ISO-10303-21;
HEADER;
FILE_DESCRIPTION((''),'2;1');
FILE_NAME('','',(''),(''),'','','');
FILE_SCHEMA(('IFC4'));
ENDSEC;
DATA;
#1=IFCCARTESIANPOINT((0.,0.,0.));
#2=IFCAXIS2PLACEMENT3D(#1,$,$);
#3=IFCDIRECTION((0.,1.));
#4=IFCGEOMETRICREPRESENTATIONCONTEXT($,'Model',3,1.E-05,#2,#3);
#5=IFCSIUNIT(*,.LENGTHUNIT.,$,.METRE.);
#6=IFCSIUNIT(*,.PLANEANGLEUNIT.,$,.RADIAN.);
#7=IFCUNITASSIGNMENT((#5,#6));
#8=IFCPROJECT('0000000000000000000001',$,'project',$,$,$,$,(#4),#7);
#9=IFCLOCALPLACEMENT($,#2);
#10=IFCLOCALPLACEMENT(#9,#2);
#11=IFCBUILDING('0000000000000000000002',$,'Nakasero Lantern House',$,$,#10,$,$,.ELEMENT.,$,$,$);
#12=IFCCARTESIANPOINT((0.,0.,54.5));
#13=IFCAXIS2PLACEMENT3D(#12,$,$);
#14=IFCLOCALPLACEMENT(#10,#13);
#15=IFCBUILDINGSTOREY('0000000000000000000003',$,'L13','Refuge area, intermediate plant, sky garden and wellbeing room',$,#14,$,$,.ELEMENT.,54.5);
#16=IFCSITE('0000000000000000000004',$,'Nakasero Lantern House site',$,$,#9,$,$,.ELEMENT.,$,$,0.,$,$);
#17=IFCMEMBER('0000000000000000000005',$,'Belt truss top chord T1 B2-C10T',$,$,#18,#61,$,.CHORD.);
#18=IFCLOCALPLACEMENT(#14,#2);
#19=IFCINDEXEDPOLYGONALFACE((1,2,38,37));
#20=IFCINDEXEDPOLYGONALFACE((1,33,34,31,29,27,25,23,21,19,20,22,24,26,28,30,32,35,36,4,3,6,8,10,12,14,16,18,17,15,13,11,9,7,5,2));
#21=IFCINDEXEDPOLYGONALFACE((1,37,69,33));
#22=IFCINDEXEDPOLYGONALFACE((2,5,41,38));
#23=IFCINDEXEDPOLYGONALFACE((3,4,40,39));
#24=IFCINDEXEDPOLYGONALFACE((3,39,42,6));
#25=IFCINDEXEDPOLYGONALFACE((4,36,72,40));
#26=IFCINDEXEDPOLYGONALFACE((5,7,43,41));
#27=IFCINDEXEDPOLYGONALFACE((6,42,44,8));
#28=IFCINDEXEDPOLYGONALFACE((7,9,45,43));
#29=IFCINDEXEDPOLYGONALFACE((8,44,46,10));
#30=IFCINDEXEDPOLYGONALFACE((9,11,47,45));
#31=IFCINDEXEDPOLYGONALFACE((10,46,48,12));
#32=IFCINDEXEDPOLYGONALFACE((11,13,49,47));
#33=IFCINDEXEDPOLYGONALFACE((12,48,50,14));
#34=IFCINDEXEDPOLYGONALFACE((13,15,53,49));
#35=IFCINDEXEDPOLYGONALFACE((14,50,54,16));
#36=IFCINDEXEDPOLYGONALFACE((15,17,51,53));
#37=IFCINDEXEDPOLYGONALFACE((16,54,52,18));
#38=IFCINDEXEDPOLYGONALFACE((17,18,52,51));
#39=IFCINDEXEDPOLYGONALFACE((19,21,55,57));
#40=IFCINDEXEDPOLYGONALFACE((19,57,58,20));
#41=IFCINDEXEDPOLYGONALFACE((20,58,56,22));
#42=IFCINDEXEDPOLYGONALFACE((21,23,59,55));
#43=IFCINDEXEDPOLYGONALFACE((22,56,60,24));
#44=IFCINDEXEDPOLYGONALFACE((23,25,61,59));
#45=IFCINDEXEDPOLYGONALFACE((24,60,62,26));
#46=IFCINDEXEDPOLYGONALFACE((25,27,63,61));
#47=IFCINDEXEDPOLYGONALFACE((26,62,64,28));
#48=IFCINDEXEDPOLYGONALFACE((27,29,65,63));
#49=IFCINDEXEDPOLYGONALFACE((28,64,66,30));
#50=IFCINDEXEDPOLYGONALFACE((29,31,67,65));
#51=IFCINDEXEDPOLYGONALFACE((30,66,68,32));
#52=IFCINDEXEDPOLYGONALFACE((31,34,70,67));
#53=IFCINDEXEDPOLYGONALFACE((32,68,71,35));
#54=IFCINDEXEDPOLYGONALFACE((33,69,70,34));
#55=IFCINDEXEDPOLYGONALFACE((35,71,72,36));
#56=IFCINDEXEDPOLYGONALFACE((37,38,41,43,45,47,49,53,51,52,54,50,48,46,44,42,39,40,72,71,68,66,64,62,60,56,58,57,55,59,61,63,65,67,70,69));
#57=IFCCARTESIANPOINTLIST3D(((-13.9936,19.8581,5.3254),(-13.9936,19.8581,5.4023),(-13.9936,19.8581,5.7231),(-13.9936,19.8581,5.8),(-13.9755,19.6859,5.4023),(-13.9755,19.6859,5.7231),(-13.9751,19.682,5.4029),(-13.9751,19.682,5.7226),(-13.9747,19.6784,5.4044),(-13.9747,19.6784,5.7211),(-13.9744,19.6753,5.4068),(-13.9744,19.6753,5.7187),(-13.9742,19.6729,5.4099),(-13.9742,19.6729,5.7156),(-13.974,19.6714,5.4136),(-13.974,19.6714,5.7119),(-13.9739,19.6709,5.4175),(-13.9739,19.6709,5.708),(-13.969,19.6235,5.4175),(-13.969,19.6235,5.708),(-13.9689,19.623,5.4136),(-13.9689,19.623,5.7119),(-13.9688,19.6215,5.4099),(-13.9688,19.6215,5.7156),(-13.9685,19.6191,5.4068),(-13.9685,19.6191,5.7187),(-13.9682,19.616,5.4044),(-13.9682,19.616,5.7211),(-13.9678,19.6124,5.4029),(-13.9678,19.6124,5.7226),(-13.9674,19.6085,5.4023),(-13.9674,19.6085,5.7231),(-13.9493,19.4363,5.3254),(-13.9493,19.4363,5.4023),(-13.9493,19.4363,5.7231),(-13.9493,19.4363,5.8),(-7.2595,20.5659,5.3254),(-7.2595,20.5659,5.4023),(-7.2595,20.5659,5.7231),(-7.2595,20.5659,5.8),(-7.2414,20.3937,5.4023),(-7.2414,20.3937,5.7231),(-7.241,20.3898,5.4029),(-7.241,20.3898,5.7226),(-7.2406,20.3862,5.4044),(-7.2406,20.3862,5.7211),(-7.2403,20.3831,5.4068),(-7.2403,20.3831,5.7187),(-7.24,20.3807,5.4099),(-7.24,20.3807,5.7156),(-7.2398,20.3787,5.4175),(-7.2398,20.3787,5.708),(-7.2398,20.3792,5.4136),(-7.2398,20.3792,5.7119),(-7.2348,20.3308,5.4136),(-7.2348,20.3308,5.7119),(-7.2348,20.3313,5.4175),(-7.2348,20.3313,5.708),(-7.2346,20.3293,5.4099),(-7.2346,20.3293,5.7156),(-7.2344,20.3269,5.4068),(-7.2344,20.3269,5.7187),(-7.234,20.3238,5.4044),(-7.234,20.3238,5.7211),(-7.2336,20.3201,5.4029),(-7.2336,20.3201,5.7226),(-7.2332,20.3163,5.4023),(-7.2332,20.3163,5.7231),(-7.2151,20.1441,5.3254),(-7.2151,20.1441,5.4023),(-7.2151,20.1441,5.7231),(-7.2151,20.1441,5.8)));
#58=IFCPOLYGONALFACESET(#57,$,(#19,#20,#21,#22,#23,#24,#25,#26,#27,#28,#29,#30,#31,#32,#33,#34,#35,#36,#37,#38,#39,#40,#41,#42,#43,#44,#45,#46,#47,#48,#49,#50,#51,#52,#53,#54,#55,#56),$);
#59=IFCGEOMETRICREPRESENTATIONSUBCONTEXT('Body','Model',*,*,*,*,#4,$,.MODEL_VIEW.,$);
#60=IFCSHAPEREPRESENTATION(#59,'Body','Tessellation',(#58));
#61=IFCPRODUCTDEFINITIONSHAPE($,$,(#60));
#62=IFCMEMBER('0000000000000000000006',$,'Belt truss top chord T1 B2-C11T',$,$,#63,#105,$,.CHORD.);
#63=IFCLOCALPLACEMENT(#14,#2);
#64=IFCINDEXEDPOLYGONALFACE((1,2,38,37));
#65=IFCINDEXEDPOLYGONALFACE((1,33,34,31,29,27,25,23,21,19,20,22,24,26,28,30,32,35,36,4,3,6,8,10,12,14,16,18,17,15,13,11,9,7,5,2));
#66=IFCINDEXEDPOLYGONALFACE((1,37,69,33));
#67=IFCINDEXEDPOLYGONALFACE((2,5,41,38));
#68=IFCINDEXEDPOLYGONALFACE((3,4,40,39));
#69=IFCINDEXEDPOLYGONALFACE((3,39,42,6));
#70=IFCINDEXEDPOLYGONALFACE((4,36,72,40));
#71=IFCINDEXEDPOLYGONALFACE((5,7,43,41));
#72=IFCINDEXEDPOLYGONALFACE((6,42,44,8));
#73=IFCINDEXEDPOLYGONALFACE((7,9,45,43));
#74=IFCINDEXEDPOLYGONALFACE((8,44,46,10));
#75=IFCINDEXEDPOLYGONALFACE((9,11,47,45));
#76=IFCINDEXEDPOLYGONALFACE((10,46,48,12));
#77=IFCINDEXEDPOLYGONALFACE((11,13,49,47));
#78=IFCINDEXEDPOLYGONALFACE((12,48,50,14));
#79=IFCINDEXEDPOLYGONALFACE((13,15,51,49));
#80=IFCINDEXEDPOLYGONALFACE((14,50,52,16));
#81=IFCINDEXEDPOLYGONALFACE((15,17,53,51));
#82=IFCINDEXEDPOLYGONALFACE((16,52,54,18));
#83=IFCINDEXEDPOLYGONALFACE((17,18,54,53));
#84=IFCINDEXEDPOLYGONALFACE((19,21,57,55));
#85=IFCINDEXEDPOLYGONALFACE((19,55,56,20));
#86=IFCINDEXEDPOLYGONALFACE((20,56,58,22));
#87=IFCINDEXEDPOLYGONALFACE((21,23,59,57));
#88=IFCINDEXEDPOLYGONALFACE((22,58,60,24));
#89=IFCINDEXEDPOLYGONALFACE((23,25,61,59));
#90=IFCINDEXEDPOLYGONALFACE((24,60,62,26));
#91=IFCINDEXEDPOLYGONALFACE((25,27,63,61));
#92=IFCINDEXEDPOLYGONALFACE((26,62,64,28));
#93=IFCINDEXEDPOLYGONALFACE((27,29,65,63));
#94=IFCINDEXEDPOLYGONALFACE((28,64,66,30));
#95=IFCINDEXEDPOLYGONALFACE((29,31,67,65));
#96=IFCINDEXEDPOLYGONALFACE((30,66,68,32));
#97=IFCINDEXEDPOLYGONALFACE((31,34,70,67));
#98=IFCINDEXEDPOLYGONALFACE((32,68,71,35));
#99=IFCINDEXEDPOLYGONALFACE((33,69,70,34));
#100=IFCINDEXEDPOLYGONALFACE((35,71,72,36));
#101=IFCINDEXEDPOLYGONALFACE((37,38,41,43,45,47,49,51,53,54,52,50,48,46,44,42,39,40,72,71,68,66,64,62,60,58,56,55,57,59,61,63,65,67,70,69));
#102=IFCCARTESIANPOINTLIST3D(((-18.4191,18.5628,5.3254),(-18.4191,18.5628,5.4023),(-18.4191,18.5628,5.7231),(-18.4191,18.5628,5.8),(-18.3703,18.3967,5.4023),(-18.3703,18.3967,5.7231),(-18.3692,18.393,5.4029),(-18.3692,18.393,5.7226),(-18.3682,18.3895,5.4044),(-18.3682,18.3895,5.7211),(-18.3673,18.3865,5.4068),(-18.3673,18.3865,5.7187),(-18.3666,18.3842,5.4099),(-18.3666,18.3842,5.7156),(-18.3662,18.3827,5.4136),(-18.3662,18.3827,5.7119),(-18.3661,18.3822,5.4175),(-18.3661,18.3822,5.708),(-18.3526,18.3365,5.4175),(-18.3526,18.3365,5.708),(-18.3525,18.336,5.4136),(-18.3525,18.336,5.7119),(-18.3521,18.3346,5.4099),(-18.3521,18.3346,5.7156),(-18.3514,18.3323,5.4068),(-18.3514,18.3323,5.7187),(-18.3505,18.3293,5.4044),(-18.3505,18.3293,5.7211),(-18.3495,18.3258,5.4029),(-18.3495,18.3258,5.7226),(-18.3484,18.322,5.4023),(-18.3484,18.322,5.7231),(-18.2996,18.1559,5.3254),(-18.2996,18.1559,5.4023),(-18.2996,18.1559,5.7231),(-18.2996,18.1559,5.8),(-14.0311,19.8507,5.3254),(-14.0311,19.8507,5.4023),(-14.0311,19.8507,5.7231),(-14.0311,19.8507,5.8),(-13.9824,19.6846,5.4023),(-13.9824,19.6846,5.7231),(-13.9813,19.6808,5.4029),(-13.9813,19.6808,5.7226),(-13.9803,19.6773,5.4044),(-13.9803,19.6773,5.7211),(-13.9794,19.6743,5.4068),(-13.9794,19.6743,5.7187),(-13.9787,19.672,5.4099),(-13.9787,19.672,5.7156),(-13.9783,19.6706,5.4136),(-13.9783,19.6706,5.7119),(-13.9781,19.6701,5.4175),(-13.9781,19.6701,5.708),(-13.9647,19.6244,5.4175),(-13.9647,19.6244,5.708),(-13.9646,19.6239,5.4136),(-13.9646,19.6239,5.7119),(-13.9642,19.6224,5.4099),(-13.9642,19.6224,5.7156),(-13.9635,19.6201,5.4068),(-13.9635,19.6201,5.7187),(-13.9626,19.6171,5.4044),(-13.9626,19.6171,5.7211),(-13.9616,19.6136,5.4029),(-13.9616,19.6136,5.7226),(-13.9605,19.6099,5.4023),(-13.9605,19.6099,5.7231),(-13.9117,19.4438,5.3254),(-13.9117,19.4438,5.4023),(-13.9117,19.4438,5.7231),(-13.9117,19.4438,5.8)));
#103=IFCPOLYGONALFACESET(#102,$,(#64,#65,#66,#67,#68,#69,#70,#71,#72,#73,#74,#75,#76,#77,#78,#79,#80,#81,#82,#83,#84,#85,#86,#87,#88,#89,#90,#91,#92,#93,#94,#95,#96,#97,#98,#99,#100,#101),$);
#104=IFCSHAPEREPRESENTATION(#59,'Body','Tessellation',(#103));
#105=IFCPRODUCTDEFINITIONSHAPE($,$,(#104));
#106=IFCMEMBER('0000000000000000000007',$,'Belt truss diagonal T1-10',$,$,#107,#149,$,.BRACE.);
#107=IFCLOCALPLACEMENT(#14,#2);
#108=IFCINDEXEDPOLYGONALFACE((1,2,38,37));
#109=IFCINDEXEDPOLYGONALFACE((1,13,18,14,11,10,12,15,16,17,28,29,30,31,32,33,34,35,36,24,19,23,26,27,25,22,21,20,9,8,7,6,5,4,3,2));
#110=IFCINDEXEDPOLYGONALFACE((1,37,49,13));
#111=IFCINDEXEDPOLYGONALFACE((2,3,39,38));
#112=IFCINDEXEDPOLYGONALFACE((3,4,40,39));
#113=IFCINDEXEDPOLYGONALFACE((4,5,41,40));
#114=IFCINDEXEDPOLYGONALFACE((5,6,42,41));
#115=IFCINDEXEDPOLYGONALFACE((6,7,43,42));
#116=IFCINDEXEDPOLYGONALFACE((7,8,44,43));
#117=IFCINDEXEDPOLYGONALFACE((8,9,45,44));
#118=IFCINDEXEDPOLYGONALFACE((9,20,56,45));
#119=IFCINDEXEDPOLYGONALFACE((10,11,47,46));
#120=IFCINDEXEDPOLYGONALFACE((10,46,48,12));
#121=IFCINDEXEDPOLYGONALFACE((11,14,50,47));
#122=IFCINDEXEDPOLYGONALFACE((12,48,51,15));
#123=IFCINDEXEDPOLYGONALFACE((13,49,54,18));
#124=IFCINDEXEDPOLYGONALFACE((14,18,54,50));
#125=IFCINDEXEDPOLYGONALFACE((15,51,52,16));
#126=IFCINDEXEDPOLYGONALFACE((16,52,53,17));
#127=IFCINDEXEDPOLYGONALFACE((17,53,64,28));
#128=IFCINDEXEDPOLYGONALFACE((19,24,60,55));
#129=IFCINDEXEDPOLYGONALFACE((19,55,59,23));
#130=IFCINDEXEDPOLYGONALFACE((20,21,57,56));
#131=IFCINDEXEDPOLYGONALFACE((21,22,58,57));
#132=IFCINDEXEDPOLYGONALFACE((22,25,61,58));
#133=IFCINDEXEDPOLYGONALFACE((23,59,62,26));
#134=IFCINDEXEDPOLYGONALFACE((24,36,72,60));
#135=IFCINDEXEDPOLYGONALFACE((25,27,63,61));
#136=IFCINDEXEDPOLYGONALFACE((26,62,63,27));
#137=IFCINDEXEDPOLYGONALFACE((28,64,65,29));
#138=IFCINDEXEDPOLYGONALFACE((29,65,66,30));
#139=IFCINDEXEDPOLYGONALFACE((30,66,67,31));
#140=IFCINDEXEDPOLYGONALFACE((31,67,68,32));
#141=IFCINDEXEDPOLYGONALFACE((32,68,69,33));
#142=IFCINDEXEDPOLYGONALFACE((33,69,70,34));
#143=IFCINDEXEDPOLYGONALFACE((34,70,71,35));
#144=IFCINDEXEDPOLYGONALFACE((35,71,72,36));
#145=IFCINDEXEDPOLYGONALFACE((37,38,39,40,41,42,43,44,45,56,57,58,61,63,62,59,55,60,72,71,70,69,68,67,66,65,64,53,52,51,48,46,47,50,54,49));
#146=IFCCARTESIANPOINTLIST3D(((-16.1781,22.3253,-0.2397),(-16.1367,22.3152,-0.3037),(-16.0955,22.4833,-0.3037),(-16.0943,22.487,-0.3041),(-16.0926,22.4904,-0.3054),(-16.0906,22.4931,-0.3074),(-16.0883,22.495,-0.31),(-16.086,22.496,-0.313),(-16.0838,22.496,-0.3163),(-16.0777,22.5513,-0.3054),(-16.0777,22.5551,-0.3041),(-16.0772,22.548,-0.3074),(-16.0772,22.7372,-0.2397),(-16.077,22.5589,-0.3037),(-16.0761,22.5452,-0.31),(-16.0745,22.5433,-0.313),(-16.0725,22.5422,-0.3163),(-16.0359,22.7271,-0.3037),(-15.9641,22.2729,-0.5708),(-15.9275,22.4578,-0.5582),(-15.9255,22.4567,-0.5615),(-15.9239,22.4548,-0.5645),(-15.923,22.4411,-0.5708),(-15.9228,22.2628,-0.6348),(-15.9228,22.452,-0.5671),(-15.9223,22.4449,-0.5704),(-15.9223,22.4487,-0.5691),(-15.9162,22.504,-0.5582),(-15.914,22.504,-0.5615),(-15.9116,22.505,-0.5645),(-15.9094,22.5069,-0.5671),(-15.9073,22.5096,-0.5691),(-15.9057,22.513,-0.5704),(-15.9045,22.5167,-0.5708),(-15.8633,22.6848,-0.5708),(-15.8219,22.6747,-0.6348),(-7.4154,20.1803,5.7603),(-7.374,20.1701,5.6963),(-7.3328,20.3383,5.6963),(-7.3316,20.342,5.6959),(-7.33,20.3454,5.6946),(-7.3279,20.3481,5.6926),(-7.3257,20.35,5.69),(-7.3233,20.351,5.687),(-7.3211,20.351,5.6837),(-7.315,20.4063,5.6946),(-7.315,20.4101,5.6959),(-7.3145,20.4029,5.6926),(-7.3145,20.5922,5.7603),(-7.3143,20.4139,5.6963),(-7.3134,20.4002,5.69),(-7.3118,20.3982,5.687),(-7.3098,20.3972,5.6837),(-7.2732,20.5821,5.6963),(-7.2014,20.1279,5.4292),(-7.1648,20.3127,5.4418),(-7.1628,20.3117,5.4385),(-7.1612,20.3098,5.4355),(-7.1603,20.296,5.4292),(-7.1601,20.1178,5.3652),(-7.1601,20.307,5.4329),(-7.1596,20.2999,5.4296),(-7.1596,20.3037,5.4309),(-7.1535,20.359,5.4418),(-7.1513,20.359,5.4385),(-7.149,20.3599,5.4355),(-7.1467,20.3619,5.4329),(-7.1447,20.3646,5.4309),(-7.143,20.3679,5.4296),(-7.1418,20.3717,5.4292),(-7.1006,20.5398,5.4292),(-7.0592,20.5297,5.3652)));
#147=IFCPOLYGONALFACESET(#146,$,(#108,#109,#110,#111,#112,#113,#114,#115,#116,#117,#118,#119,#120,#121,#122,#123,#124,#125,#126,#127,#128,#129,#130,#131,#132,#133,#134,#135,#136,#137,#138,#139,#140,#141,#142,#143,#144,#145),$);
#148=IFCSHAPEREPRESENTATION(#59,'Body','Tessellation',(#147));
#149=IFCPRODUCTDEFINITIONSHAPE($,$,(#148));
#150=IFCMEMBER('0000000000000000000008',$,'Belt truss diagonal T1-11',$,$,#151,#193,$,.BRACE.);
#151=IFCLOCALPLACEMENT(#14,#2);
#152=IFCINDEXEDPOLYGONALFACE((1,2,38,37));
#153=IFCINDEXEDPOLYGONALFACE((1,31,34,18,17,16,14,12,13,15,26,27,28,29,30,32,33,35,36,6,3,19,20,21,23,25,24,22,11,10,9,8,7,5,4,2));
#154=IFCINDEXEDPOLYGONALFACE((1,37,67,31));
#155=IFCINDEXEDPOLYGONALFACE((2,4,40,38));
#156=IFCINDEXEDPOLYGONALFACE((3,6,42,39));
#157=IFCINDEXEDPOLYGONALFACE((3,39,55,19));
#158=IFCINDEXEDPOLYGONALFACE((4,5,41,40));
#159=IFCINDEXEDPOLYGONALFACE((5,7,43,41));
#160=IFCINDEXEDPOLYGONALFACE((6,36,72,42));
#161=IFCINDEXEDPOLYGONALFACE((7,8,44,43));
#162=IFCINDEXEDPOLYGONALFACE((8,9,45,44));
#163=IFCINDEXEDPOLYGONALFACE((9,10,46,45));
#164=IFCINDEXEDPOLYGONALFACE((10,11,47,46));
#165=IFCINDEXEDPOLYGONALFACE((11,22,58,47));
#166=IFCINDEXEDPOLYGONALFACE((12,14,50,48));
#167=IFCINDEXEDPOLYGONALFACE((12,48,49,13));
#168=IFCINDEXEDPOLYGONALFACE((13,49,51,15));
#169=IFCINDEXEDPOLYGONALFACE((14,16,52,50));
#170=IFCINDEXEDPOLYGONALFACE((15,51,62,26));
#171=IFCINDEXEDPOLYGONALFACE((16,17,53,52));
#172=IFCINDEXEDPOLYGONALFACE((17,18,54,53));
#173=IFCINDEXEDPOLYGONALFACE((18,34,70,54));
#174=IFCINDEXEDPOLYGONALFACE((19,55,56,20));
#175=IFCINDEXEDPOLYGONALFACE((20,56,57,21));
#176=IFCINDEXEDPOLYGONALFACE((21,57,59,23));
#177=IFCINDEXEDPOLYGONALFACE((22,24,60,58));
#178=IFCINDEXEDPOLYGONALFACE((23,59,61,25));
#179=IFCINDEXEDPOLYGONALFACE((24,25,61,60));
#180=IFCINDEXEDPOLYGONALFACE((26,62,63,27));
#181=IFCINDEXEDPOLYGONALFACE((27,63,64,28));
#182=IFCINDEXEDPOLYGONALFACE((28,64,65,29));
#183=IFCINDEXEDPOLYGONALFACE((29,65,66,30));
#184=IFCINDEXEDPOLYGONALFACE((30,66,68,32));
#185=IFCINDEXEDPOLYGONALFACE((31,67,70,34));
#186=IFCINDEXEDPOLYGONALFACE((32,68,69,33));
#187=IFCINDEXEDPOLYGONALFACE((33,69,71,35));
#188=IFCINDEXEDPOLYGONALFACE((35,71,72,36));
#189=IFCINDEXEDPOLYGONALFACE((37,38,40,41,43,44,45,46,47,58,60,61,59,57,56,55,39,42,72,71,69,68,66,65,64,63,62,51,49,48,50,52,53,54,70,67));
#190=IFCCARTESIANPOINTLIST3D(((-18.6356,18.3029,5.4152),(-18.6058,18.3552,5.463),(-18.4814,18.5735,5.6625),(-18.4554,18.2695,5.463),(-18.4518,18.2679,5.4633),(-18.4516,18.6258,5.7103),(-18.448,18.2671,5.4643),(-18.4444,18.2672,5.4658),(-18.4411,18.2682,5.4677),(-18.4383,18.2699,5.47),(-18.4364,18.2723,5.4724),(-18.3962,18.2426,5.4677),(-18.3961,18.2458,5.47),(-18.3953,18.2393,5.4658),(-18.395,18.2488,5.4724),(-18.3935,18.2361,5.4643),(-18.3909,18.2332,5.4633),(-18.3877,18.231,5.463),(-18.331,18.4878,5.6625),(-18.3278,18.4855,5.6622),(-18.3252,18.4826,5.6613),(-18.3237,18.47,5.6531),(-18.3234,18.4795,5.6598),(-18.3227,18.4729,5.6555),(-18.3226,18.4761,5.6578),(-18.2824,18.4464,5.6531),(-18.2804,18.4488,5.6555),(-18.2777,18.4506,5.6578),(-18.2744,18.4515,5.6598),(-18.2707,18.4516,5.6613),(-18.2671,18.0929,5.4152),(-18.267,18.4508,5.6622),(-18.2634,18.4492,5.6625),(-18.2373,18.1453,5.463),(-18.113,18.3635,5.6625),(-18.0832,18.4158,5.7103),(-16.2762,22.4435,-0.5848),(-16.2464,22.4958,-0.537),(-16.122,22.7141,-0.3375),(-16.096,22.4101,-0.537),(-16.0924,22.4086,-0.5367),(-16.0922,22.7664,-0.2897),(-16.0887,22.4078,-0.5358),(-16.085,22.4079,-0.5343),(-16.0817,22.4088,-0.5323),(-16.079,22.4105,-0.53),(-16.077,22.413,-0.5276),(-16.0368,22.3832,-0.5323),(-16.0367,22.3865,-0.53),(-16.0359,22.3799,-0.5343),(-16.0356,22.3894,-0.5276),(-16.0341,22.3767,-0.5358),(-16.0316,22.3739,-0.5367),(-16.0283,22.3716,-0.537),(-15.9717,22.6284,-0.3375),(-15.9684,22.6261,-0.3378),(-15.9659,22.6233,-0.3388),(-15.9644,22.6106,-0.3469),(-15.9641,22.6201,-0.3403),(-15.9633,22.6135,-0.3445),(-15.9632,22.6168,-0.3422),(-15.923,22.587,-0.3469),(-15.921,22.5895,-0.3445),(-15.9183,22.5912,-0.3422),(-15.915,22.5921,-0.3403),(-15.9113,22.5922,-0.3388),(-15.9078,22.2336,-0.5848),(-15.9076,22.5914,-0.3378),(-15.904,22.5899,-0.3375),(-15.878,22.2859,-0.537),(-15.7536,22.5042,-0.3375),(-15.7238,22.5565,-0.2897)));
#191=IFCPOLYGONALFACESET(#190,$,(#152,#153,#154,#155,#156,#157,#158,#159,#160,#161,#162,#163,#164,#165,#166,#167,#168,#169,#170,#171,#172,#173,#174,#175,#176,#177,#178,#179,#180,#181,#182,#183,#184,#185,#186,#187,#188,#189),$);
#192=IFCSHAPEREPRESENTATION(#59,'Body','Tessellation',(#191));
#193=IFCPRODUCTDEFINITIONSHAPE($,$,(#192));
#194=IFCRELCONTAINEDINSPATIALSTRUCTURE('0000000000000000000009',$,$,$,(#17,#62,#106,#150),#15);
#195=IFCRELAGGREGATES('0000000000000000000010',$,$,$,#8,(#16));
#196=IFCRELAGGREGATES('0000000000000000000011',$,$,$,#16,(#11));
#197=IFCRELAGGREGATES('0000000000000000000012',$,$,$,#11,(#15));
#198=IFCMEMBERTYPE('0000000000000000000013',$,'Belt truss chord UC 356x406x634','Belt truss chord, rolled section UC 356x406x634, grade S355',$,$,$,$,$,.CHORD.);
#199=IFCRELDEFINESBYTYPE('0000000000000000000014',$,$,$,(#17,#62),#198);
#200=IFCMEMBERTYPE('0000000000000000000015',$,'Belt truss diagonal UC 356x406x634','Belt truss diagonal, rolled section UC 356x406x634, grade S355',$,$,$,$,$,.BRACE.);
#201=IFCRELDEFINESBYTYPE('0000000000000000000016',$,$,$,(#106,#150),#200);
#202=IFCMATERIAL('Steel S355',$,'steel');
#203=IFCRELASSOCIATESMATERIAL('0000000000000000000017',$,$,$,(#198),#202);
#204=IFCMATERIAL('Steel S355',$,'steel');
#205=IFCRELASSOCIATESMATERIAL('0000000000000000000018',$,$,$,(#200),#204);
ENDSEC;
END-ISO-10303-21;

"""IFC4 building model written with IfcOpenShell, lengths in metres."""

from ifc_helpers import new_model, si_unit, direction, frame, origin, origin_2d, place, context, subcontext, project, spatial, i_section, extrude, material, material_profile, profile_set, type_object, element, save


model = new_model("IFC4")

# Units and contexts
model_context = context("Model", 3, precision=1e-05, world=origin(), true_north=direction((0.0, 1.0)))
body_context = subcontext(model_context, "Body", "Model", "MODEL_VIEW")
ifc_project = project(units=[si_unit("LENGTHUNIT", "METRE"), si_unit("PLANEANGLEUNIT", "RADIAN")], contexts=[model_context])

# Site, building, storey
site_placement = place(None, origin())
site = spatial("IfcSite", under=ifc_project, at=site_placement, Name="Nakasero Lantern House site", CompositionType="ELEMENT", RefElevation=0.0)
building_placement = place(site_placement, origin())
building = spatial("IfcBuilding", under=site, at=building_placement, Name="Nakasero Lantern House", CompositionType="ELEMENT")
storey_placement = place(building_placement, frame((0.0, 0.0, 54.5)))
storey = spatial("IfcBuildingStorey", under=building, at=storey_placement, Name="L13", Description="Refuge area, intermediate plant, sky garden and wellbeing room", CompositionType="ELEMENT", Elevation=54.5)

# Members
ifc_material_1 = material(Name="Steel S355", Category="steel")
ifc_material_profile_1 = material_profile(ifc_material_1, i_section(OverallWidth=0.4241, OverallDepth=0.4746, WebThickness=0.0476, FlangeThickness=0.0769, FilletRadius=0.0151, at=origin_2d()), Name="UC 356x406x634")
ifc_profile_set_1 = profile_set([ifc_material_profile_1], Name="Steel S355")
member_type_1 = type_object("IfcMemberType", Name="Belt truss chord UC 356x406x634", Description="Belt truss chord, rolled section UC 356x406x634, grade S355", PredefinedType="CHORD", material=ifc_profile_set_1)
member_1_placement = place(storey_placement, frame((-7.2373, 20.355, 5.5627), z_axis=(-0.994522, -0.104525, 0.0), x_axis=(0.104525, -0.994522, 0.0)))
element("IfcMember", 1, at=member_1_placement, inside=storey, type_object=member_type_1, Name="Belt truss top chord T1 B2-C10T", PredefinedType="CHORD", context=body_context, shape_type="SweptSolid", body=[
    extrude(i_section(OverallWidth=0.4241, OverallDepth=0.4746, WebThickness=0.0476, FlangeThickness=0.0769, FilletRadius=0.0151, at=origin_2d()), origin(), (0.0, 0.0, 1.0), 6.7712),
])
member_2_placement = place(storey_placement, frame((-13.9714, 19.6472, 5.5627), z_axis=(-0.959527, -0.281617, 0.0), x_axis=(0.281617, -0.959527, 0.0)))
element("IfcMember", 2, at=member_2_placement, inside=storey, type_object=member_type_1, Name="Belt truss top chord T1 B2-C11T", PredefinedType="CHORD", context=body_context, shape_type="SweptSolid", body=[
    extrude(i_section(OverallWidth=0.4241, OverallDepth=0.4746, WebThickness=0.0476, FlangeThickness=0.0769, FilletRadius=0.0151, at=origin_2d()), origin(), (0.0, 0.0, 1.0), 4.573),
])
ifc_material_2 = material(Name="Steel S355", Category="steel")
ifc_material_profile_2 = material_profile(ifc_material_2, i_section(OverallWidth=0.4241, OverallDepth=0.4746, WebThickness=0.0476, FlangeThickness=0.0769, FilletRadius=0.0151, at=origin_2d()), Name="UC 356x406x634")
ifc_profile_set_2 = profile_set([ifc_material_profile_2], Name="Steel S355")
member_type_2 = type_object("IfcMemberType", Name="Belt truss diagonal UC 356x406x634", Description="Belt truss diagonal, rolled section UC 356x406x634, grade S355", PredefinedType="BRACE", material=ifc_profile_set_2)
member_3_placement = place(storey_placement, frame((-7.2373, 20.355, 5.5627), z_axis=(-0.808779, 0.197981, -0.553788), x_axis=(-0.23777, -0.971322, 0.0)))
element("IfcMember", 3, at=member_3_placement, inside=storey, type_object=member_type_2, Name="Belt truss diagonal T1-10", PredefinedType="BRACE", context=body_context, shape_type="SweptSolid", body=[
    extrude(i_section(OverallWidth=0.4241, OverallDepth=0.4746, WebThickness=0.0476, FlangeThickness=0.0769, FilletRadius=0.0151, at=origin_2d()), origin(), (0.0, 0.0, 1.0), 10.8345),
])
member_4_placement = place(storey_placement, frame((-16.0, 22.5, -0.4373), z_axis=(-0.307918, -0.540387, 0.783051), x_axis=(0.868848, -0.495079, 0.0)))
element("IfcMember", 4, at=member_4_placement, inside=storey, type_object=member_type_2, Name="Belt truss diagonal T1-11", PredefinedType="BRACE", context=body_context, shape_type="SweptSolid", body=[
    extrude(i_section(OverallWidth=0.4241, OverallDepth=0.4746, WebThickness=0.0476, FlangeThickness=0.0769, FilletRadius=0.0151, at=origin_2d()), origin(), (0.0, 0.0, 1.0), 7.6624),
])

save(model, "model.ifc")
